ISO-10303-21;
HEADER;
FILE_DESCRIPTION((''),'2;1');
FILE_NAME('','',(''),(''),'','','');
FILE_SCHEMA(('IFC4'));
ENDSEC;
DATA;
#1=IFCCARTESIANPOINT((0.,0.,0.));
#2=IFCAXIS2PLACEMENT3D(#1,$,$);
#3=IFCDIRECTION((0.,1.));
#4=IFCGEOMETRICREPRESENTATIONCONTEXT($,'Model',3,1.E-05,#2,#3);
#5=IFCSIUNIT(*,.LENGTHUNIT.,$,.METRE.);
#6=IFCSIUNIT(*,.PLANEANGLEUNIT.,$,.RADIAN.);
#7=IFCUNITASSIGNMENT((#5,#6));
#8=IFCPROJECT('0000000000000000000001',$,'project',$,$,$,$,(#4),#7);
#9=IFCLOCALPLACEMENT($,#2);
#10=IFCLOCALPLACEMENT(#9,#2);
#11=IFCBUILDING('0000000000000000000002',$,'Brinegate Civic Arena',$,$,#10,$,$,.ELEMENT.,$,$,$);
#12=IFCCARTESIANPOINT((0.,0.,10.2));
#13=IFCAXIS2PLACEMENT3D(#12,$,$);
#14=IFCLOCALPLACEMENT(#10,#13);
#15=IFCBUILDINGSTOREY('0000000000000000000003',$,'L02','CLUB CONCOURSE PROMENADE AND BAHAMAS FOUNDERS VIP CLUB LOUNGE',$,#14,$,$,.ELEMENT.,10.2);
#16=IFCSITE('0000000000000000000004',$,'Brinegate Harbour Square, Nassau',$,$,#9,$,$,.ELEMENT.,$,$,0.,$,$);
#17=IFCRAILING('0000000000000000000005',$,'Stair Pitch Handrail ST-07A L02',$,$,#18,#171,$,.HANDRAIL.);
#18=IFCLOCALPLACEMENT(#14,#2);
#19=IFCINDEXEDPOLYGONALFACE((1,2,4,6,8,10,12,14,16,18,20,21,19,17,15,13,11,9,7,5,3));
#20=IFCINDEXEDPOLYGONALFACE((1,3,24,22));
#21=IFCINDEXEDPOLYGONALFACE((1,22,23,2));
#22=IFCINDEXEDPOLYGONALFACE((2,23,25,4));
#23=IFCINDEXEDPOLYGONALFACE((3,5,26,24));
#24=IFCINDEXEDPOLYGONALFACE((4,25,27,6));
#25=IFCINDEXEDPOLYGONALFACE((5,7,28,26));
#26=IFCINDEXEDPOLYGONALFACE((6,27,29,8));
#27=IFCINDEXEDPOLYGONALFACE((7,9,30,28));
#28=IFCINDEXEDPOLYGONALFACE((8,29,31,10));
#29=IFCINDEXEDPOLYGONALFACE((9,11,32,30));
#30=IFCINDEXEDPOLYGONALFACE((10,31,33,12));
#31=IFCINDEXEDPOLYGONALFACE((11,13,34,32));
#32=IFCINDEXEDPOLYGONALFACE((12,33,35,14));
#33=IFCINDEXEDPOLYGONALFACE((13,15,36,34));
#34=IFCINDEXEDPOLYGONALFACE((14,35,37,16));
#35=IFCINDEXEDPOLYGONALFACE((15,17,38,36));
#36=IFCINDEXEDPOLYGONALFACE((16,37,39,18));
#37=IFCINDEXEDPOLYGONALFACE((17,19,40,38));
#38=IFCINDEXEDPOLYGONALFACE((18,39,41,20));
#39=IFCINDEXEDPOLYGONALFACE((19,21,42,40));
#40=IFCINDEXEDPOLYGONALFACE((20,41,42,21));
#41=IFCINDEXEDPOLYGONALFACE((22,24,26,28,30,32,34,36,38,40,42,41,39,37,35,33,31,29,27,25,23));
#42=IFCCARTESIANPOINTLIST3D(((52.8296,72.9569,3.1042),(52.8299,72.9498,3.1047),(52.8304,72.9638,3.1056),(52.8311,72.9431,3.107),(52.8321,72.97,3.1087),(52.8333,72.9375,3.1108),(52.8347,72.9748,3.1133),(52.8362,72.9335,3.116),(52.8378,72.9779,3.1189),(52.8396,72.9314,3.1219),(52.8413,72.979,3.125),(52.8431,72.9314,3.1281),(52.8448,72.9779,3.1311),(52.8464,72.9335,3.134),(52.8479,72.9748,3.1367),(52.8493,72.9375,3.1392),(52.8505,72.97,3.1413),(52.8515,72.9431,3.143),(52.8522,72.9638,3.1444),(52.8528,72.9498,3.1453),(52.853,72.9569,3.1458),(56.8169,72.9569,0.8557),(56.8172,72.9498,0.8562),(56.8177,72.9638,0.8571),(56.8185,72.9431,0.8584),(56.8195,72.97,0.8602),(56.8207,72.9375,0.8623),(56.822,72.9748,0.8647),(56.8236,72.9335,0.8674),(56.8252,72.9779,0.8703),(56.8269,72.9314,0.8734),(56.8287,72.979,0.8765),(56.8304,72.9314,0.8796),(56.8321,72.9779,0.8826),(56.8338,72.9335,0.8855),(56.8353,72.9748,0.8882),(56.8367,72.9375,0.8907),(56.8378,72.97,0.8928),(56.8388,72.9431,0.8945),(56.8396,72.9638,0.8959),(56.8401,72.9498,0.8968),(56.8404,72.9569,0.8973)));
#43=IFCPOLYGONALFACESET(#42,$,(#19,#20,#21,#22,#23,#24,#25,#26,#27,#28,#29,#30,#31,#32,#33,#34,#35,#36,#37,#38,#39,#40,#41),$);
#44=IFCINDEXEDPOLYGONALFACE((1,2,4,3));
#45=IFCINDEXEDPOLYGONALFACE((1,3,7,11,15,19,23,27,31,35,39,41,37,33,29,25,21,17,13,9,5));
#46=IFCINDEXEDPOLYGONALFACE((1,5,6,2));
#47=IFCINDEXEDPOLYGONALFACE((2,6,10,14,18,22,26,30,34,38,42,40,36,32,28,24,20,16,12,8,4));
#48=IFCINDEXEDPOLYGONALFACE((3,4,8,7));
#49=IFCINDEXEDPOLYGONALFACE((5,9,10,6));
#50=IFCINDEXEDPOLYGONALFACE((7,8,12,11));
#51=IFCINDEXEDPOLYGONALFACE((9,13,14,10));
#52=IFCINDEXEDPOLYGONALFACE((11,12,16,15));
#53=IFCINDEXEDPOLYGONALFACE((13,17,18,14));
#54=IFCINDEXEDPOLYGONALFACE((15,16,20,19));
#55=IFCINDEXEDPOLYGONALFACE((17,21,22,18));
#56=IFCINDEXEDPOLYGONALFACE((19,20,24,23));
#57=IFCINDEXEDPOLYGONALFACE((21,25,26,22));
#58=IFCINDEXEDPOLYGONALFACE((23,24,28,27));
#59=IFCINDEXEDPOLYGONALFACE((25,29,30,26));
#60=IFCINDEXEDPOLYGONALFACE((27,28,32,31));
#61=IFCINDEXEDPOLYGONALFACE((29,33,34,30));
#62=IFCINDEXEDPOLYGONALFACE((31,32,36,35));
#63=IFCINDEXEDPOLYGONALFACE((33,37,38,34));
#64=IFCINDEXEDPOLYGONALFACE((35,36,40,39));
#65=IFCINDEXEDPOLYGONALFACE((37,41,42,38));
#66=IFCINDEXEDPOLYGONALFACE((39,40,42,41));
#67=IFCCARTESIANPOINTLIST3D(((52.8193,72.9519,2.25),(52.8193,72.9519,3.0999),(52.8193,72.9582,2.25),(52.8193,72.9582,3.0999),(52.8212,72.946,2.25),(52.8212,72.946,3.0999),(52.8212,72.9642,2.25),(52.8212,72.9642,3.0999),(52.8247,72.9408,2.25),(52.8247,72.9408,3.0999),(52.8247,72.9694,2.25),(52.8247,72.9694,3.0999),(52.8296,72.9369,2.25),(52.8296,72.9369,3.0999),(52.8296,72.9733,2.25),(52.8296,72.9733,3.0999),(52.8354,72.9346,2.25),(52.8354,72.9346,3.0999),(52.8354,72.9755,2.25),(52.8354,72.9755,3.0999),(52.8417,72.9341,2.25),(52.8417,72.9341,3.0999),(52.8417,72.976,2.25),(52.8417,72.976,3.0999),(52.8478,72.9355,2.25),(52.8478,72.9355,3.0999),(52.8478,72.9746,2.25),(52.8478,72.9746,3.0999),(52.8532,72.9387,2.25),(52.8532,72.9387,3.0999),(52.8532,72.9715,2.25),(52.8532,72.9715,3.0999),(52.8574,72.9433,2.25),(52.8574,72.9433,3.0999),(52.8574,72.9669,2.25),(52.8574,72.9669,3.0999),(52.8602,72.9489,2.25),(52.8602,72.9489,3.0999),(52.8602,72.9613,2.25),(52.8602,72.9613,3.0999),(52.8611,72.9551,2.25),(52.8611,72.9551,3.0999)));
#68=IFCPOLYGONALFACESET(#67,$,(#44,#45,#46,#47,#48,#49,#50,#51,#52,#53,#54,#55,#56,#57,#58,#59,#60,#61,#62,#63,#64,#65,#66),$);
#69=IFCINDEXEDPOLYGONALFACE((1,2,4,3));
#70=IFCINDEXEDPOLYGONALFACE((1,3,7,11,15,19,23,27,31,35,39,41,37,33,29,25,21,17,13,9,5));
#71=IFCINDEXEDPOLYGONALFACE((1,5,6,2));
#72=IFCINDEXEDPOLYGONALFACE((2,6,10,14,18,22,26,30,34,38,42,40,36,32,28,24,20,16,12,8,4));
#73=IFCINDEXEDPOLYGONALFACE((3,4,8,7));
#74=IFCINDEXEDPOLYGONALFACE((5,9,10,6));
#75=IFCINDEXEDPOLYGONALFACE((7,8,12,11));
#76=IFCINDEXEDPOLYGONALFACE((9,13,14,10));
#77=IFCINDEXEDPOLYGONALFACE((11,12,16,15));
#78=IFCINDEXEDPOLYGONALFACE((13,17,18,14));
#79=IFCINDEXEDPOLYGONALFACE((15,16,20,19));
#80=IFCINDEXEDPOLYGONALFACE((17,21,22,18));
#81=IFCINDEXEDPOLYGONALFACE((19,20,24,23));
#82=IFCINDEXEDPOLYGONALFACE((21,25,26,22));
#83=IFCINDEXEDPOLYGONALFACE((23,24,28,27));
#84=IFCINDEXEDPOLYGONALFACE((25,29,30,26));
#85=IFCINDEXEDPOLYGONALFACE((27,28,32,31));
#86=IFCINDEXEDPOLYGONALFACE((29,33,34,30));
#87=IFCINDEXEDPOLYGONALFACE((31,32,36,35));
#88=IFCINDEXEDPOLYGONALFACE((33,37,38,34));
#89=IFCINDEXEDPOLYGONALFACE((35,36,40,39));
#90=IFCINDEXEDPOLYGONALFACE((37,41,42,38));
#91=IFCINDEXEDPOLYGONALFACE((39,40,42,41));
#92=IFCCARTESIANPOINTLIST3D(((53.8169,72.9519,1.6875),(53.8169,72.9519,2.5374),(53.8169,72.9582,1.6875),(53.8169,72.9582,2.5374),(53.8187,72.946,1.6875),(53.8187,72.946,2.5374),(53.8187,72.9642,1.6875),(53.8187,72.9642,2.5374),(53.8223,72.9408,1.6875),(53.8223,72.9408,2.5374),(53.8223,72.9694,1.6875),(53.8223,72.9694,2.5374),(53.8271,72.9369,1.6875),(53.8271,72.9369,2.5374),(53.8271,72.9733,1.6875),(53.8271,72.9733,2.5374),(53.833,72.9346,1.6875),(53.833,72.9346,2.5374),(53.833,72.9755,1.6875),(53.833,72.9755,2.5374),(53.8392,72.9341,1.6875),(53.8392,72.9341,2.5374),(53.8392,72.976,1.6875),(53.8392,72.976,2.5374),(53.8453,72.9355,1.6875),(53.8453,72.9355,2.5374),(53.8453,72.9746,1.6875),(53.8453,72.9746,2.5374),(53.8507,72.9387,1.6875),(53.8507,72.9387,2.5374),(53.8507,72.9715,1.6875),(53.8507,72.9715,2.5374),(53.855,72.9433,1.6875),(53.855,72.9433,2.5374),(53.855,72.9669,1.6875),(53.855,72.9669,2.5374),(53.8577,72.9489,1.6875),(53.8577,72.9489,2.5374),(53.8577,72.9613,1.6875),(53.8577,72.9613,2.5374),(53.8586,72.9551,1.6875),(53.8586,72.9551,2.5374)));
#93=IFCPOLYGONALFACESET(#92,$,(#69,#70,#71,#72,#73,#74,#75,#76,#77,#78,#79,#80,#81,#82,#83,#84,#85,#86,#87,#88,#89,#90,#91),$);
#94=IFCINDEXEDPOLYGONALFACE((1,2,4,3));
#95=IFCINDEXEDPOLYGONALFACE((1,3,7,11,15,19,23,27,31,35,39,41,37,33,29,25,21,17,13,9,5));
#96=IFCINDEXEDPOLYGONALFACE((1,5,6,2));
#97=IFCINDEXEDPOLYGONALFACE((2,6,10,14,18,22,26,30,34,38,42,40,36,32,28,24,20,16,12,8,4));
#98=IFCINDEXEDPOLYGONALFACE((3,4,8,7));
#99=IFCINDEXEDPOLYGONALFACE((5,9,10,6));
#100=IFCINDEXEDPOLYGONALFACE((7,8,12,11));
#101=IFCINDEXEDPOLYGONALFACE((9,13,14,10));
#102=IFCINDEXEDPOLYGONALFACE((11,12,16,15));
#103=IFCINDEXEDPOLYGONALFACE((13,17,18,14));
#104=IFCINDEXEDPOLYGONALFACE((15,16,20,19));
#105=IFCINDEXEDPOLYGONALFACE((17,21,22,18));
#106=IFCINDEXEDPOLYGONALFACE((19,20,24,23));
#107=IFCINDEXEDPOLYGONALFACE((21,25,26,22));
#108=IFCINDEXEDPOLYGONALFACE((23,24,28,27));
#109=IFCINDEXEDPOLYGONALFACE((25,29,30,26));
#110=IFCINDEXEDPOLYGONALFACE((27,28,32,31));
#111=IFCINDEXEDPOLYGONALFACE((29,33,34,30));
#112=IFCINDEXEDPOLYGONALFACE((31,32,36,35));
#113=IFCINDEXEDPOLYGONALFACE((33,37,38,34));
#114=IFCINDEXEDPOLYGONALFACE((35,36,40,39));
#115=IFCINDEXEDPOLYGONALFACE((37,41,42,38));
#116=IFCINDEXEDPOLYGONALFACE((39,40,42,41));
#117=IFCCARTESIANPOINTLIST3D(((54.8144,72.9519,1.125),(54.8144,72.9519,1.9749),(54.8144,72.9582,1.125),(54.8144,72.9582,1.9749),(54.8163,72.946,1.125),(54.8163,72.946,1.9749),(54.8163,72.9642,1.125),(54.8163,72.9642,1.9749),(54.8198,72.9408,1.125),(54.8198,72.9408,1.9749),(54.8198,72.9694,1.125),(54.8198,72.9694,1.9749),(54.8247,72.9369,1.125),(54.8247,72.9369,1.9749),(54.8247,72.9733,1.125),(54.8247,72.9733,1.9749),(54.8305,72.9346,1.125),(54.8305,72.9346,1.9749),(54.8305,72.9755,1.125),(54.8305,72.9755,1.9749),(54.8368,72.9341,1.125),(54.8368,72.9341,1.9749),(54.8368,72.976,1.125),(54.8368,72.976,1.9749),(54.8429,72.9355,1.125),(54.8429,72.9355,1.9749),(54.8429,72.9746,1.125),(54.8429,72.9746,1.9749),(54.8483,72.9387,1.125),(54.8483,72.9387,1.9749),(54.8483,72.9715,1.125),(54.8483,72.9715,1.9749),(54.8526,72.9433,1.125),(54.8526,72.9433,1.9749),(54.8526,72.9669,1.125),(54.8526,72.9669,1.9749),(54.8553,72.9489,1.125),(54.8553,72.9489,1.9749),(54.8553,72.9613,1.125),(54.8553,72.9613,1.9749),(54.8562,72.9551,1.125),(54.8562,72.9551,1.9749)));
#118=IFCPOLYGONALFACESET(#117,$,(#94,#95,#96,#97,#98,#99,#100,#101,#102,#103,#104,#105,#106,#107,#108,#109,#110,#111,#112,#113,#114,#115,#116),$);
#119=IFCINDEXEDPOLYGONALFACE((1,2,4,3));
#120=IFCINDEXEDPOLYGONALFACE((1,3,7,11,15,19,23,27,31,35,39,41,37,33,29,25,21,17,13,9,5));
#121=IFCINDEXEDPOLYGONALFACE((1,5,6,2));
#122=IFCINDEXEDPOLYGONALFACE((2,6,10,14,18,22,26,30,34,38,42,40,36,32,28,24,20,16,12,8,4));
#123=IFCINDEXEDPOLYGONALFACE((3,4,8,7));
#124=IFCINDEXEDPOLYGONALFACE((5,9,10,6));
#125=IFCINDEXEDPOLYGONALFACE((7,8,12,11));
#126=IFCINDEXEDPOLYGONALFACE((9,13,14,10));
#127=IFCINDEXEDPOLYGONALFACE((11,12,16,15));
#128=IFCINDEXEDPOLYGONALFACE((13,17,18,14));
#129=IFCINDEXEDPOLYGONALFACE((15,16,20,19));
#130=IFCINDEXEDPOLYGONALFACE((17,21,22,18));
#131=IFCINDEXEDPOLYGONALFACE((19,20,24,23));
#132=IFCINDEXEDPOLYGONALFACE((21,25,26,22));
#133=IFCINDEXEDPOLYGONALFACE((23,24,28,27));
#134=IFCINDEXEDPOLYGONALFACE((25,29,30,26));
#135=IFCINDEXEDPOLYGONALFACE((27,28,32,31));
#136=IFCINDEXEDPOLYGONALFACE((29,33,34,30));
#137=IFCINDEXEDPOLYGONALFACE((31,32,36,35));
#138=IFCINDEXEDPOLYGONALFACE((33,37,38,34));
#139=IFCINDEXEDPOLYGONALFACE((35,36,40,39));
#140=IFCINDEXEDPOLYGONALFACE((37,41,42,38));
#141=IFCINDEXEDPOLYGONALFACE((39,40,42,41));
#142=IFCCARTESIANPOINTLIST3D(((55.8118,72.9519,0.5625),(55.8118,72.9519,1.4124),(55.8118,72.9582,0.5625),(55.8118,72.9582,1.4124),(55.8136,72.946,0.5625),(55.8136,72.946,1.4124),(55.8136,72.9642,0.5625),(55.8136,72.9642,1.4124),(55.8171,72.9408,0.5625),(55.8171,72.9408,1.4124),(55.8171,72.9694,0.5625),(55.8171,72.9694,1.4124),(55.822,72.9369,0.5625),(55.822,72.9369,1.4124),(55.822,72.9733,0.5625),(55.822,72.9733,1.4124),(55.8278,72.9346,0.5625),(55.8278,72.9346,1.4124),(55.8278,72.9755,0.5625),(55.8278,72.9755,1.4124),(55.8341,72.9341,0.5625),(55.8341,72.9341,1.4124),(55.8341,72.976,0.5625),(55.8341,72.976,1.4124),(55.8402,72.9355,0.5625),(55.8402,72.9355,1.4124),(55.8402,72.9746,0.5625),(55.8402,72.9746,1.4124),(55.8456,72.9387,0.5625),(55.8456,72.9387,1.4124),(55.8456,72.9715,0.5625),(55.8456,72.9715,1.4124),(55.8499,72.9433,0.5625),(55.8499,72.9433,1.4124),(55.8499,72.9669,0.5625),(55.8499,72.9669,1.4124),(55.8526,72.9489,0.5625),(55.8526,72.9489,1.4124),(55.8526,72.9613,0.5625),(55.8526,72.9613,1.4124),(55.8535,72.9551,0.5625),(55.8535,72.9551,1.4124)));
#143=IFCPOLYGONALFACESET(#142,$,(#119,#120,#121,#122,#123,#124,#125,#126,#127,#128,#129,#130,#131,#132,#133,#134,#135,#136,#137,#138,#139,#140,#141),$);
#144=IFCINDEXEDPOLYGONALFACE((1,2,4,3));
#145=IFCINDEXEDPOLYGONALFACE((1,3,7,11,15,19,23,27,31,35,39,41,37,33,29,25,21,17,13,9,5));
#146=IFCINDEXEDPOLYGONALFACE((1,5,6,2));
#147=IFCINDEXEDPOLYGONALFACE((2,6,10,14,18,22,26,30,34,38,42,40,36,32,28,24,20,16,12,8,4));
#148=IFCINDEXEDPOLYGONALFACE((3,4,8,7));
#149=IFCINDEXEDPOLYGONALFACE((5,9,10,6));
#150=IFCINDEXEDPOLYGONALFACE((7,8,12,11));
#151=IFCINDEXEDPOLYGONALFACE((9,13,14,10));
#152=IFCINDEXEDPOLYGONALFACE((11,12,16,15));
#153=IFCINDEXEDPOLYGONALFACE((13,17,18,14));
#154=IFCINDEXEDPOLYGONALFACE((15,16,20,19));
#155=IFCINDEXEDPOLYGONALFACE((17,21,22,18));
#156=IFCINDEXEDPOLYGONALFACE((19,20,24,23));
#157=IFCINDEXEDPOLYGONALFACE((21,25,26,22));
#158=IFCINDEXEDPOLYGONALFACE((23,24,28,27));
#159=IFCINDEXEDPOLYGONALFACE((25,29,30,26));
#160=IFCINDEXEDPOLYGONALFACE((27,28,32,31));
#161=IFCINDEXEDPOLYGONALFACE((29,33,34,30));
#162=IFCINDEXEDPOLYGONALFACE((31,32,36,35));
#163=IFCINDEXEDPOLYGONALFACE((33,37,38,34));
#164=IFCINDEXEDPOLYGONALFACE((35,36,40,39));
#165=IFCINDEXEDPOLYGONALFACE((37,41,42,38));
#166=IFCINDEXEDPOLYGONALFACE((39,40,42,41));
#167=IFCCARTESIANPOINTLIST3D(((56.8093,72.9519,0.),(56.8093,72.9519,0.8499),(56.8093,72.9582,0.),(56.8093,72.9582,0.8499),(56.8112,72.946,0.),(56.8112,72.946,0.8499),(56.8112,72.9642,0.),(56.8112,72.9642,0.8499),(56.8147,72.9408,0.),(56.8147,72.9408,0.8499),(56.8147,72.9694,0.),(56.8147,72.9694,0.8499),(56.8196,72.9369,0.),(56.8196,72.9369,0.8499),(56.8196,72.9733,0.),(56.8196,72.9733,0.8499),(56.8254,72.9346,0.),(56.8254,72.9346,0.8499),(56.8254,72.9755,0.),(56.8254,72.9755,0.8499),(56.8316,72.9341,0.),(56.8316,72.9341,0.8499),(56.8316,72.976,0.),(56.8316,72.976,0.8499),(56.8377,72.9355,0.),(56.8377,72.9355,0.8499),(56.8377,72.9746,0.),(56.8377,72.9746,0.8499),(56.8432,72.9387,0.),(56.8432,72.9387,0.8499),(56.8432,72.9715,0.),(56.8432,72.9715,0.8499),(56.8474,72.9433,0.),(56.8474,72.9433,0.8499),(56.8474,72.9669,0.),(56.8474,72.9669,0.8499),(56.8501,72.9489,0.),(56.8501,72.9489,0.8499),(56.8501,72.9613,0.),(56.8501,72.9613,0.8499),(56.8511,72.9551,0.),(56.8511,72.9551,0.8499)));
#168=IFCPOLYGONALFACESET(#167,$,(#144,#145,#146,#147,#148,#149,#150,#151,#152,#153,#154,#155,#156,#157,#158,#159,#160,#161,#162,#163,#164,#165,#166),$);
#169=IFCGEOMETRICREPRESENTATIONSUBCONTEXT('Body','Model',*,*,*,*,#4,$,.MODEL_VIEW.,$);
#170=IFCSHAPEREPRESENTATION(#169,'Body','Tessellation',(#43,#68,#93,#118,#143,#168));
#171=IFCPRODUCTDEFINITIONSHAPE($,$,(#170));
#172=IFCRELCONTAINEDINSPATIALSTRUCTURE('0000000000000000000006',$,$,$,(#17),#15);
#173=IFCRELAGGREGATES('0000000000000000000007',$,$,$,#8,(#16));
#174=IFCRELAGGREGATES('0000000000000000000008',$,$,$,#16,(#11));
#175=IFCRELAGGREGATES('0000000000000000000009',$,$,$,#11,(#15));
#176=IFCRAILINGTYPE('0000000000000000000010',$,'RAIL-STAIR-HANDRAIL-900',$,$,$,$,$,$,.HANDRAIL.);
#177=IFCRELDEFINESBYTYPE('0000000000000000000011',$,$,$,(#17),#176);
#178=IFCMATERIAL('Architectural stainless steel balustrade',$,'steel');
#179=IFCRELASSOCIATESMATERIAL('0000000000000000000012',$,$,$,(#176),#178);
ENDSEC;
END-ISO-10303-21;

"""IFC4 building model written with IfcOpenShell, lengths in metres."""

from ifc_helpers import new_model, si_unit, direction, frame, origin, origin_2d, place, context, subcontext, project, spatial, circle, extrude, material, type_object, element, save


model = new_model("IFC4")

# Units and contexts
model_context = context("Model", 3, precision=1e-05, world=origin(), true_north=direction((0.0, 1.0)))
body_context = subcontext(model_context, "Body", "Model", "MODEL_VIEW")
ifc_project = project(units=[si_unit("LENGTHUNIT", "METRE"), si_unit("PLANEANGLEUNIT", "RADIAN")], contexts=[model_context])

# Site, building, storey
site_placement = place(None, origin())
site = spatial("IfcSite", under=ifc_project, at=site_placement, Name="Brinegate Harbour Square, Nassau", CompositionType="ELEMENT", RefElevation=0.0)
building_placement = place(site_placement, origin())
building = spatial("IfcBuilding", under=site, at=building_placement, Name="Brinegate Civic Arena", CompositionType="ELEMENT")
storey_placement = place(building_placement, frame((0.0, 0.0, 10.2)))
storey = spatial("IfcBuildingStorey", under=building, at=storey_placement, Name="L02", Description="CLUB CONCOURSE PROMENADE AND BAHAMAS FOUNDERS VIP CLUB LOUNGE", CompositionType="ELEMENT", Elevation=10.2)

# Railing
ifc_material_1 = material(Name="Architectural stainless steel balustrade", Category="steel")
railing_type = type_object("IfcRailingType", Name="RAIL-STAIR-HANDRAIL-900", PredefinedType="HANDRAIL", material=ifc_material_1)
railing_placement = place(storey_placement, frame((52.8401, 72.9551, 2.25)))
element("IfcRailing", 1, at=railing_placement, inside=storey, type_object=railing_type, Name="Stair Pitch Handrail ST-07A L02", PredefinedType="HANDRAIL", context=body_context, shape_type="SweptSolid", body=[
    extrude(circle(Radius=0.0239, at=origin_2d()), frame((0.0012, 0.0, 0.875), z_axis=(0.87105, 0.0, -0.491195), x_axis=(0.0, 1.0, 0.0)), (0.0, 0.0, 1.0), 4.5776),
    extrude(circle(Radius=0.021, at=origin_2d()), origin(), (0.0, 0.0, 1.0), 0.8499),
    extrude(circle(Radius=0.021, at=origin_2d()), frame((0.9976, 0.0, -0.5625)), (0.0, 0.0, 1.0), 0.8499),
    extrude(circle(Radius=0.021, at=origin_2d()), frame((1.9951, 0.0, -1.125)), (0.0, 0.0, 1.0), 0.8499),
    extrude(circle(Radius=0.021, at=origin_2d()), frame((2.9924, 0.0, -1.6875)), (0.0, 0.0, 1.0), 0.8499),
    extrude(circle(Radius=0.021, at=origin_2d()), frame((3.99, 0.0, -2.25)), (0.0, 0.0, 1.0), 0.8499),
])

save(model, "model.ifc")
